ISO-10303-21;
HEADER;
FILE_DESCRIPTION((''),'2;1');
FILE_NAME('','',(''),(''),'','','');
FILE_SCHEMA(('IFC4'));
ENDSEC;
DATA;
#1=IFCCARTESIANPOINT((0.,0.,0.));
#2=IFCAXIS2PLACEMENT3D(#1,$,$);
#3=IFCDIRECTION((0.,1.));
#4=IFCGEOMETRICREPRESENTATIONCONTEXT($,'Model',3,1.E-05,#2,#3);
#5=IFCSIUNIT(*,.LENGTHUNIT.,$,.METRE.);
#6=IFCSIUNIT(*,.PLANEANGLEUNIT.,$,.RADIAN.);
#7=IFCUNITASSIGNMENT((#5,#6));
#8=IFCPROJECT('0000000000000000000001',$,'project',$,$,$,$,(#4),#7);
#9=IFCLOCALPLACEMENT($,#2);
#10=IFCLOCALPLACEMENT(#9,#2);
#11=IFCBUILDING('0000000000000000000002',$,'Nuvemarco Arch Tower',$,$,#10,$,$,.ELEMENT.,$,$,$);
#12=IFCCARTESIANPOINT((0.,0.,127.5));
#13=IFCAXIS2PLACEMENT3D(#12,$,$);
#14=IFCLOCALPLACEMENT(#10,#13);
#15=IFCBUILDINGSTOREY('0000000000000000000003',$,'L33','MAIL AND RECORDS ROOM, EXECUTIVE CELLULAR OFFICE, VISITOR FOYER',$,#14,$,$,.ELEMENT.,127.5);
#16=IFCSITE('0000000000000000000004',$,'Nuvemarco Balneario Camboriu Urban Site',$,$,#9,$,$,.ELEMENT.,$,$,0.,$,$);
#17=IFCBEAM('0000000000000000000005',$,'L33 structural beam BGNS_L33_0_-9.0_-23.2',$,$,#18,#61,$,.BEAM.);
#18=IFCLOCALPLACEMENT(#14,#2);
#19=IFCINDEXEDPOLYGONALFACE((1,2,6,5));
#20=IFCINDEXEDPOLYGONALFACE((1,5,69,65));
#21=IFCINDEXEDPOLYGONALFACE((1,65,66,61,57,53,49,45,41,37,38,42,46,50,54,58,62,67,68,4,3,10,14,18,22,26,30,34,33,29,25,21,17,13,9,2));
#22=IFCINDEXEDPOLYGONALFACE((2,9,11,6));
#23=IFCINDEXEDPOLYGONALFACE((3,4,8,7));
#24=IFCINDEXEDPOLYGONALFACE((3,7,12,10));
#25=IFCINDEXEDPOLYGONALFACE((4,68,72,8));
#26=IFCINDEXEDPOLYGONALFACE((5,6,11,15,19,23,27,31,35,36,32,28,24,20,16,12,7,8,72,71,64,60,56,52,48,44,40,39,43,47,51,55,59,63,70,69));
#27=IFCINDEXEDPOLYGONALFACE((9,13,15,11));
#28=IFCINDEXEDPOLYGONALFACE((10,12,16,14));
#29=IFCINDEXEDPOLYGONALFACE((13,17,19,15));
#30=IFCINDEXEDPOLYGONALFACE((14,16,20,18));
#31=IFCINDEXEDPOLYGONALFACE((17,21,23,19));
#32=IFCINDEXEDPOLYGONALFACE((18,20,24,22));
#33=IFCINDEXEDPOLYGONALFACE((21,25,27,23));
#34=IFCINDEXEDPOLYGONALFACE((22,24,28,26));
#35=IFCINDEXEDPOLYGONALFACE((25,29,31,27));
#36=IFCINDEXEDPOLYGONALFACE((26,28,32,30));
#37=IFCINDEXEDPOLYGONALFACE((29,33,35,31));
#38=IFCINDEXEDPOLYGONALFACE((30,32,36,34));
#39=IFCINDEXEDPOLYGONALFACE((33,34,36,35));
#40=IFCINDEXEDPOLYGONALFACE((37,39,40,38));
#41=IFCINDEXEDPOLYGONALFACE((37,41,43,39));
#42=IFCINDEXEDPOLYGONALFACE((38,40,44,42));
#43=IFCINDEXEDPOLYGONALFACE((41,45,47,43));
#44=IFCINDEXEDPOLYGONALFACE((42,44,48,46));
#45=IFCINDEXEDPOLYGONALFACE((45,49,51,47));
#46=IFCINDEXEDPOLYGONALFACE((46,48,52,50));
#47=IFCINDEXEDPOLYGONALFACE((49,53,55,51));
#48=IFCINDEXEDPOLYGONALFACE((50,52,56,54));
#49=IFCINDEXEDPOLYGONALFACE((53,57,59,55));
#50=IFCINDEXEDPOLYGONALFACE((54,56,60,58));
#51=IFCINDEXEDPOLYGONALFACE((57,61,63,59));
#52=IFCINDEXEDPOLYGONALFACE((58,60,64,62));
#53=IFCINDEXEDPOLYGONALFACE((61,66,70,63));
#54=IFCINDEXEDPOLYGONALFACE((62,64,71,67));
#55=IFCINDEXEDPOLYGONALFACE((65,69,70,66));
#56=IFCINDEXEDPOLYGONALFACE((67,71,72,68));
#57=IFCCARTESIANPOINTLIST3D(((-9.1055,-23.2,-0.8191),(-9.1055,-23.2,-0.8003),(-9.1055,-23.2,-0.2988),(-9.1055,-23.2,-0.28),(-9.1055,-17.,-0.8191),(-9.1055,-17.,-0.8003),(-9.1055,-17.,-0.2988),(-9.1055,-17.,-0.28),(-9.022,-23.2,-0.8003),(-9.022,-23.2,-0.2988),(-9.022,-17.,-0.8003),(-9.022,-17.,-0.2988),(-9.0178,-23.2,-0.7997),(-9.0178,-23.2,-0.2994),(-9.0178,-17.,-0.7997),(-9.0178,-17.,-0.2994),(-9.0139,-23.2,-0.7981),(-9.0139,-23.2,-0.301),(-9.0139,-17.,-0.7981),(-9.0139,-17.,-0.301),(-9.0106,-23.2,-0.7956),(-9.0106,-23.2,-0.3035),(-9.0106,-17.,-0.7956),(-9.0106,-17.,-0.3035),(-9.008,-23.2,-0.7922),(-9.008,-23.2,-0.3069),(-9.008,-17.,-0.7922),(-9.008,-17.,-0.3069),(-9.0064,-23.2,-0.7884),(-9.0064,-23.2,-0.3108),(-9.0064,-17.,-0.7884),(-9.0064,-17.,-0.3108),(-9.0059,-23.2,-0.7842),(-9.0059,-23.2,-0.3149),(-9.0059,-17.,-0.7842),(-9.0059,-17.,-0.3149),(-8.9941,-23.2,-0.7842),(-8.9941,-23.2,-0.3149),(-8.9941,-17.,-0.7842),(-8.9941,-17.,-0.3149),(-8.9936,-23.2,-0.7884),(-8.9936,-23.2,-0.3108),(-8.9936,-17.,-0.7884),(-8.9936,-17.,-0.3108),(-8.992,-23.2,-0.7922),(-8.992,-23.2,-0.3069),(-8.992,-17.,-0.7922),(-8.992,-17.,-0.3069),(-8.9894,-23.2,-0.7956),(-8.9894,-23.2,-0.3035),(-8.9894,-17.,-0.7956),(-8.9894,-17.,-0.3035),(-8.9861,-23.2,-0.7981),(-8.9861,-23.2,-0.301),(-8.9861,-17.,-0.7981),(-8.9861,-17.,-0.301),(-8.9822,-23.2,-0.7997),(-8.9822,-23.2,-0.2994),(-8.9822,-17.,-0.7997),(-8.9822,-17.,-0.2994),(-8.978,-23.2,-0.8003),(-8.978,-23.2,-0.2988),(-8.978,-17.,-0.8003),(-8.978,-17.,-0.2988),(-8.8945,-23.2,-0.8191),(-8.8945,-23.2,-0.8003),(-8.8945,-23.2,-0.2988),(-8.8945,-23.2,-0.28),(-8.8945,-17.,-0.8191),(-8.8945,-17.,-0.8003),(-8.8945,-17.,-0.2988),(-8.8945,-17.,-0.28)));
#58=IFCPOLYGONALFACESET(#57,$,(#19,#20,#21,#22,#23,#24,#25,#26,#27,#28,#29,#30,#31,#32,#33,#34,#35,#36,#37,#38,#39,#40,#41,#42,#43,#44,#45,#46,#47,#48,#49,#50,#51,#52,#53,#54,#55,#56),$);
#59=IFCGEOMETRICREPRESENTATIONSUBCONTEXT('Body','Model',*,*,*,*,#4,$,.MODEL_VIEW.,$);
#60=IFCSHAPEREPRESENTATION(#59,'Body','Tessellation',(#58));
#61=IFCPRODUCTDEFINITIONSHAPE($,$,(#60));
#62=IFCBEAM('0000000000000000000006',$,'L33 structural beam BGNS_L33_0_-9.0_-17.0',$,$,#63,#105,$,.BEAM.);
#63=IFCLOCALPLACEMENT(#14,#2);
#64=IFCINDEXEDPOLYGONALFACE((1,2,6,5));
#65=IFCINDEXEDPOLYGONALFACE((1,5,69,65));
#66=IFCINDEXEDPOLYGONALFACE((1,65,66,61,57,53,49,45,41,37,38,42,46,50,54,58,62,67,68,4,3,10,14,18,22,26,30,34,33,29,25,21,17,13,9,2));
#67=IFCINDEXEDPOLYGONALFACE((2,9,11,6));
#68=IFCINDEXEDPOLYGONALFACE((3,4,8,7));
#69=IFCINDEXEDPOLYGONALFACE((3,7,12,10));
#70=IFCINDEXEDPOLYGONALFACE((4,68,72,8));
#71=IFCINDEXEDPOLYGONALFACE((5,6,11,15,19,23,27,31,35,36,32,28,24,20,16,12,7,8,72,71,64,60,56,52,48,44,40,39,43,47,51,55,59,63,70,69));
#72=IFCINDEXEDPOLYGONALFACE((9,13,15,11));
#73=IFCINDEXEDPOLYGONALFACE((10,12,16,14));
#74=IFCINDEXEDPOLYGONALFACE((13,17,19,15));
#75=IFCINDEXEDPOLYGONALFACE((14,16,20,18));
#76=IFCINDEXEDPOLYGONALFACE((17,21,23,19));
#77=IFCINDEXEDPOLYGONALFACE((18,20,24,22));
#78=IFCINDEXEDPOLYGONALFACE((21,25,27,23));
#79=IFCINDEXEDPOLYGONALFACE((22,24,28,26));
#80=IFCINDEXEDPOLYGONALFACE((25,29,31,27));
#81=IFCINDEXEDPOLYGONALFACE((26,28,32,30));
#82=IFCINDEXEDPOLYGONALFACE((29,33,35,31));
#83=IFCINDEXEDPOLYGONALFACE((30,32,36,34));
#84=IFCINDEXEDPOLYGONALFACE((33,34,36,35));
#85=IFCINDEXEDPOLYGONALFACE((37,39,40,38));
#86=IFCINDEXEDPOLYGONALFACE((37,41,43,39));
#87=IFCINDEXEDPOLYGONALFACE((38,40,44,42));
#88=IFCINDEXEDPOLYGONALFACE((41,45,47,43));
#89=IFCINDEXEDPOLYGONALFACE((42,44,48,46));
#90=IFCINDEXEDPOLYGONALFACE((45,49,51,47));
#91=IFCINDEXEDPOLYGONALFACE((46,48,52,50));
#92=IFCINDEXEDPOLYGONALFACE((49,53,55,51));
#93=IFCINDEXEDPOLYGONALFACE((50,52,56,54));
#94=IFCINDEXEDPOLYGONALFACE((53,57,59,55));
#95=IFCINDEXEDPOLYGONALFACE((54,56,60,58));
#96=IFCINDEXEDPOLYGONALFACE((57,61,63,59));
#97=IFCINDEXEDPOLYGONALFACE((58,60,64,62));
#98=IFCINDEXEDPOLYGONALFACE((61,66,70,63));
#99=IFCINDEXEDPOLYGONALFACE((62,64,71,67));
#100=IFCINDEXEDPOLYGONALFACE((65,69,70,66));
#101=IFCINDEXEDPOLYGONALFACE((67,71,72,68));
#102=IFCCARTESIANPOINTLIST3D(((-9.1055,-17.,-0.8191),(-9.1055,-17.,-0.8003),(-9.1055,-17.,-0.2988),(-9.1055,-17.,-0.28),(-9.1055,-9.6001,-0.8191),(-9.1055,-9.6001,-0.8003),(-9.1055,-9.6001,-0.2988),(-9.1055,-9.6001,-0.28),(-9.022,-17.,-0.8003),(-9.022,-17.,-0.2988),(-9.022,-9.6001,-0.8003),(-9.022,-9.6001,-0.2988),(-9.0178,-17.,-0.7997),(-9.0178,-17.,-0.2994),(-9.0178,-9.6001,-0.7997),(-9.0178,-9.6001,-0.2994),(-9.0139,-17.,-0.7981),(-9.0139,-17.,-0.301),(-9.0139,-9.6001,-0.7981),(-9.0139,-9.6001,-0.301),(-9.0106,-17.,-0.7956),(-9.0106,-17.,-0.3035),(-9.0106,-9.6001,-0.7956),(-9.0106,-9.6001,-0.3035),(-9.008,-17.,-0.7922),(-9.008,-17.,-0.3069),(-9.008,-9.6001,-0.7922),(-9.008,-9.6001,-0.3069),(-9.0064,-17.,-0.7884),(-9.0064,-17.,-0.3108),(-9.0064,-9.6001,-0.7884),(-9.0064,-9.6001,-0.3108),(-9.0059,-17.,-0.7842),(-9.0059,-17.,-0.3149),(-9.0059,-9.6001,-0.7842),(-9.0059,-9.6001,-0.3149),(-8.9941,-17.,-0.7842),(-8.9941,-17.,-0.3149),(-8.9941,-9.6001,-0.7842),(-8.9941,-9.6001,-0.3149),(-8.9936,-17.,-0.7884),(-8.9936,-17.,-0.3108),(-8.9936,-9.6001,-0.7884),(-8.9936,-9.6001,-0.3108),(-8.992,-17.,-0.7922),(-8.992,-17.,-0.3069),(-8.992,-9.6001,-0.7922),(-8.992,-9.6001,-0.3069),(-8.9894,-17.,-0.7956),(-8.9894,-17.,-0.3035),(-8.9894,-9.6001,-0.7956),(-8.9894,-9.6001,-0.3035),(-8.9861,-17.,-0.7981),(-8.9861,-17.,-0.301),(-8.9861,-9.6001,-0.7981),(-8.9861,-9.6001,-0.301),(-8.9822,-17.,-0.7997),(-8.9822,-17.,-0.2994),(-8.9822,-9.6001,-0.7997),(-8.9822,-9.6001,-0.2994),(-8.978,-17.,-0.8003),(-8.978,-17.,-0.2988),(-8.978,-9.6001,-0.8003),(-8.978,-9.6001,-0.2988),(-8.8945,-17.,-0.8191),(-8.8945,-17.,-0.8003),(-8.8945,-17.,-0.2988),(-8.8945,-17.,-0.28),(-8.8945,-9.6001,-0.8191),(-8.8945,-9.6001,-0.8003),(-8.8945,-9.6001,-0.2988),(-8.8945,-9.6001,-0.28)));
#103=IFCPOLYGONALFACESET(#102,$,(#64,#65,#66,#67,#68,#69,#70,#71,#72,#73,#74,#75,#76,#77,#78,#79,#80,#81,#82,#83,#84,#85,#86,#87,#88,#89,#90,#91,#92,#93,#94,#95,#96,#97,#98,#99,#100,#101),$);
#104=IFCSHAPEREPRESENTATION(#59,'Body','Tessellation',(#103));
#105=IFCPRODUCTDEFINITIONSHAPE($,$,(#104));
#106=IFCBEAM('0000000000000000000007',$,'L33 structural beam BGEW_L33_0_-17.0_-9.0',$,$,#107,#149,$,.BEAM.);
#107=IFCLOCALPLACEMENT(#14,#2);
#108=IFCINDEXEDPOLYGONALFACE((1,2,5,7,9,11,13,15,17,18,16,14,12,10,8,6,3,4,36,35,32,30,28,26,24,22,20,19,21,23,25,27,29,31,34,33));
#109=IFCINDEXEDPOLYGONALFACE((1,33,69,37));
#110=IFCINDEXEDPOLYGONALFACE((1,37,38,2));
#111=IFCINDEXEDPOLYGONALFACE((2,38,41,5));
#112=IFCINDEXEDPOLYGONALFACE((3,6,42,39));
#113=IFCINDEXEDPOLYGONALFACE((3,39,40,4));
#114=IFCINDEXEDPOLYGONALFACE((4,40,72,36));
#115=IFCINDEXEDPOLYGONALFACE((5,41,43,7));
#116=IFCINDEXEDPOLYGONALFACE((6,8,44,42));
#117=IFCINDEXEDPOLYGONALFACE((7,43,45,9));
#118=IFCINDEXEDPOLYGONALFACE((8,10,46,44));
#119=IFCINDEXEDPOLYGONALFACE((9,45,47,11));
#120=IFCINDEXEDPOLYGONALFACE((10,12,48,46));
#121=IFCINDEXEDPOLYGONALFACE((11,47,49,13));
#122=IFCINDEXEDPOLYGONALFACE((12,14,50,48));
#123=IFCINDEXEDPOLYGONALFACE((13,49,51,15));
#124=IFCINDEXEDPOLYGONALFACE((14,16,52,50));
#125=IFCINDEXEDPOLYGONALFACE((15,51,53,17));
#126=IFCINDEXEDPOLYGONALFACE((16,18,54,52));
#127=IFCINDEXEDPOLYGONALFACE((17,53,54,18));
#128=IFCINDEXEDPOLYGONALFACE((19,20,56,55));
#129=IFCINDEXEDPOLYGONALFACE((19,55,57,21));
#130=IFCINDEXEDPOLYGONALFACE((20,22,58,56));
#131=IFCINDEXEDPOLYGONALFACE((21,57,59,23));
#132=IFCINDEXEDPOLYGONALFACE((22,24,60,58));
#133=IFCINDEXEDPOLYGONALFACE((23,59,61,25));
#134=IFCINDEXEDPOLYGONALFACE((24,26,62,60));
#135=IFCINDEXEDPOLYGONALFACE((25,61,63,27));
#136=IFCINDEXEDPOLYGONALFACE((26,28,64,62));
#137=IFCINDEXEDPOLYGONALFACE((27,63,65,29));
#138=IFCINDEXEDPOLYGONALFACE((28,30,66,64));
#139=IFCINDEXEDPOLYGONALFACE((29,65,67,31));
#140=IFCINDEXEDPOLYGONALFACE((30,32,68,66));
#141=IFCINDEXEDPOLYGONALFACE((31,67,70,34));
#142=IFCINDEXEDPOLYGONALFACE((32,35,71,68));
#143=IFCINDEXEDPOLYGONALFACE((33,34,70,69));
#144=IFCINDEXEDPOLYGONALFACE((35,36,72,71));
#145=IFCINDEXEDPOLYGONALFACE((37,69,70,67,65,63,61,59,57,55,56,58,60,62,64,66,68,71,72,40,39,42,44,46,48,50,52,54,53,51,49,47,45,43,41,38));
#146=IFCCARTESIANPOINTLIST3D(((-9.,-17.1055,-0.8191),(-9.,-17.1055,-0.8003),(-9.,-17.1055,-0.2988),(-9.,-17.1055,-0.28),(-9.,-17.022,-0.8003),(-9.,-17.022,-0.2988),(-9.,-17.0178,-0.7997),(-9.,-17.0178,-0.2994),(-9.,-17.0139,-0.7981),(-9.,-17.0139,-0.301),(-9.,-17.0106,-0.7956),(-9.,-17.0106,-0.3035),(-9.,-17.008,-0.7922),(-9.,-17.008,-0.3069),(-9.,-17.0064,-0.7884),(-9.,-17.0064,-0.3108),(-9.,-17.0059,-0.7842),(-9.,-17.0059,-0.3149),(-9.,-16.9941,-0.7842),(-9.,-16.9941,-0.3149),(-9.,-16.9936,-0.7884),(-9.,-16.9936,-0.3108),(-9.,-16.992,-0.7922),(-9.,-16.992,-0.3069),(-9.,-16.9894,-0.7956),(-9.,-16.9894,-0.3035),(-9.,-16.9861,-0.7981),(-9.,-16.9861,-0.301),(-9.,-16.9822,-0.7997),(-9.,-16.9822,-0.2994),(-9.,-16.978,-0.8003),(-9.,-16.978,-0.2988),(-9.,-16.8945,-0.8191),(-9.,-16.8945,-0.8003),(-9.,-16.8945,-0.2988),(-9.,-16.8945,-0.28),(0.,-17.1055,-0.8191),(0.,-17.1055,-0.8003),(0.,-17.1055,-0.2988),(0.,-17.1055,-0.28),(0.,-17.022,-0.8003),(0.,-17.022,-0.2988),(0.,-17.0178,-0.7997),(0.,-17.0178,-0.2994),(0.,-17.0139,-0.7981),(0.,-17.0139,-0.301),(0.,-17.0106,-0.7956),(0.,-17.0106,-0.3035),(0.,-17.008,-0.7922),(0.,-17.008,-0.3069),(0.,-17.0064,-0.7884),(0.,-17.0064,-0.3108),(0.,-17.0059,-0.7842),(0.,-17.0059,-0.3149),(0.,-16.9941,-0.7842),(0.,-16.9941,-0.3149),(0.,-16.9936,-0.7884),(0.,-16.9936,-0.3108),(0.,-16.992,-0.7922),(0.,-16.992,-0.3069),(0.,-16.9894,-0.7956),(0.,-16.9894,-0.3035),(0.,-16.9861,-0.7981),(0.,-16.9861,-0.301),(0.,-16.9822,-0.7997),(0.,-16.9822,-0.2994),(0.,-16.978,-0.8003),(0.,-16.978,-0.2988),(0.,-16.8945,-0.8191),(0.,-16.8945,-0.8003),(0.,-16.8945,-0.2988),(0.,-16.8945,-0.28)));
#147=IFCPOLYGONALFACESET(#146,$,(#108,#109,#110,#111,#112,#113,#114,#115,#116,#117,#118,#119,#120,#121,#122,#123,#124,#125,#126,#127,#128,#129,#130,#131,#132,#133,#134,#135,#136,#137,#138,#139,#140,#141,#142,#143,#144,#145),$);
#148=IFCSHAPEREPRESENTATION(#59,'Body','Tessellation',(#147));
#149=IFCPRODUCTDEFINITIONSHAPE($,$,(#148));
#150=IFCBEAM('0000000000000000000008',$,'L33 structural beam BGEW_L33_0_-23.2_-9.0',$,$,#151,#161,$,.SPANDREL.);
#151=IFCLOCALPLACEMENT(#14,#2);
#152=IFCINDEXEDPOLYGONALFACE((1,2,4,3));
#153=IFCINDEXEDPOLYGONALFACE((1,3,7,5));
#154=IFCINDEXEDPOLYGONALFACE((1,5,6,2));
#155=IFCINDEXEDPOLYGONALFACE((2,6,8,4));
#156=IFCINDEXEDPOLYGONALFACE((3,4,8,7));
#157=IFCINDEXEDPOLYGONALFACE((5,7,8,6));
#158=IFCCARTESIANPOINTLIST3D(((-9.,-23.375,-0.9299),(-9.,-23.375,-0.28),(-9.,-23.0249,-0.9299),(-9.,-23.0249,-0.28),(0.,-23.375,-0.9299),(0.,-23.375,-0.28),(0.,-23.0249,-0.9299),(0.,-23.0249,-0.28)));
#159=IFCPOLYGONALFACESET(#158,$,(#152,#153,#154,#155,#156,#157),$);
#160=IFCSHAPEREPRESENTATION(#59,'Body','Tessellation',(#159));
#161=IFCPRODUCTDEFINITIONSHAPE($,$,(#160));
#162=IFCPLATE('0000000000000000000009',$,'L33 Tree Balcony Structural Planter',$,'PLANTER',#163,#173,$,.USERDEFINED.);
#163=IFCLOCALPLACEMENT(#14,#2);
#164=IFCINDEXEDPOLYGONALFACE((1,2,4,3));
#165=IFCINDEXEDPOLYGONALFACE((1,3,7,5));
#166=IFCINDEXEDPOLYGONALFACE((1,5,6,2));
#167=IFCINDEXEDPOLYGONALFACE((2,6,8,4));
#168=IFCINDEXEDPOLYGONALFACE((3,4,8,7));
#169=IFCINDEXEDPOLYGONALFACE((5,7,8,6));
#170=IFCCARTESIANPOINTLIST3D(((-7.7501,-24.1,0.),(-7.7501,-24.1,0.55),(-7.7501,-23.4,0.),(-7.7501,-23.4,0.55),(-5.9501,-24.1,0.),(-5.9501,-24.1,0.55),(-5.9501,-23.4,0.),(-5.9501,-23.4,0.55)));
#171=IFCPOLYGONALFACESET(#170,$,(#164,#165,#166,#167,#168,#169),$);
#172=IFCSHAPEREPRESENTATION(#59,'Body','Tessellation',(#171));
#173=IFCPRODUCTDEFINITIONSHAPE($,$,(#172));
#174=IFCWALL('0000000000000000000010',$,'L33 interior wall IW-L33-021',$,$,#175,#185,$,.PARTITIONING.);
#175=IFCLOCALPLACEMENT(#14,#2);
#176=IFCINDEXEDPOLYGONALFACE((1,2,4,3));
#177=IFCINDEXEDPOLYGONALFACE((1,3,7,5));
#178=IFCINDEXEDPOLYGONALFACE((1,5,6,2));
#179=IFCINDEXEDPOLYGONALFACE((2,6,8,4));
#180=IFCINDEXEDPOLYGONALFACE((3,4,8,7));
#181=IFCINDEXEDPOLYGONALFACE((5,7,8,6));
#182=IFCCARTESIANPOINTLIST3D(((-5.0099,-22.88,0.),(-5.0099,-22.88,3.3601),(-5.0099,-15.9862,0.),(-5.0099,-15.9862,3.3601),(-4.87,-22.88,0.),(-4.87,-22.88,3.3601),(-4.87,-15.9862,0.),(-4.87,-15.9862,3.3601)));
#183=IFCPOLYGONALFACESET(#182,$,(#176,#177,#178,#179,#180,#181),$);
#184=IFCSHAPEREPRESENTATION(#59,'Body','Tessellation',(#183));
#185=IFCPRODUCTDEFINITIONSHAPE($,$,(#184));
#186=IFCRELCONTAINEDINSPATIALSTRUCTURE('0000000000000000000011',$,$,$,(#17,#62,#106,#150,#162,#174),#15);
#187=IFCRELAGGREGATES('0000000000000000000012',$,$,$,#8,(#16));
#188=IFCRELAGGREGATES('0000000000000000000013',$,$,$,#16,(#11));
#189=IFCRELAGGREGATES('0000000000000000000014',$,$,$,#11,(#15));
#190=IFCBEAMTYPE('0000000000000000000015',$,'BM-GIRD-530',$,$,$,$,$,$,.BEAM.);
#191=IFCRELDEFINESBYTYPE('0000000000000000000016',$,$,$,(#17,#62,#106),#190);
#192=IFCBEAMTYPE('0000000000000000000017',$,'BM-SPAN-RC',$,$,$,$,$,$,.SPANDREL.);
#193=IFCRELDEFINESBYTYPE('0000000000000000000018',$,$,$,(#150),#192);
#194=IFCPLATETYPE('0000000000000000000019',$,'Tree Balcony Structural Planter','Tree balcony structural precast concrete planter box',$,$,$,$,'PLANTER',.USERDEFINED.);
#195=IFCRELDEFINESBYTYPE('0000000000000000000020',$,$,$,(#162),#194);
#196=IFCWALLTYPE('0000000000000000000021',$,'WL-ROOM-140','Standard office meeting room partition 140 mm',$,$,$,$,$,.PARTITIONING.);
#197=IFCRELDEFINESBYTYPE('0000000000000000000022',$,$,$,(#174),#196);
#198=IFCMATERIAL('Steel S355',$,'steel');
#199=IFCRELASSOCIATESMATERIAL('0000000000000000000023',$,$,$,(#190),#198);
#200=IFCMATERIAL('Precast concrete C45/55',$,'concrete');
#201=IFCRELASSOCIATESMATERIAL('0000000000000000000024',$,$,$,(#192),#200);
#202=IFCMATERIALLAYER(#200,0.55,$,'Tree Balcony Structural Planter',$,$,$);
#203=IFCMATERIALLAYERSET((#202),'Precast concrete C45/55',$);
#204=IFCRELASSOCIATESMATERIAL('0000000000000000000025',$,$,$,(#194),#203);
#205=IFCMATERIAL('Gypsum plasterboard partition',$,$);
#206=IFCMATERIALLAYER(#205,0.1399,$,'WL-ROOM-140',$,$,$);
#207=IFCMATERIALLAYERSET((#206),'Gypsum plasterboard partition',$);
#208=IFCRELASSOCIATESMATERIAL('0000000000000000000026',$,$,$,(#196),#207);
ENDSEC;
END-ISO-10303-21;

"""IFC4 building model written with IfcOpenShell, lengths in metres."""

from ifc_helpers import new_model, si_unit, direction, frame, frame_2d, origin, origin_2d, place, context, subcontext, project, spatial, rectangle, i_section, extrude, source, transform, mapped, material, layer, layer_set, material_profile, profile_set, type_object, type_shapes, element, save


model = new_model("IFC4")

# Units and contexts
model_context = context("Model", 3, precision=1e-05, world=origin(), true_north=direction((0.0, 1.0)))
body_context = subcontext(model_context, "Body", "Model", "MODEL_VIEW")
ifc_project = project(units=[si_unit("LENGTHUNIT", "METRE"), si_unit("PLANEANGLEUNIT", "RADIAN")], contexts=[model_context])

# Site, building, storey
site_placement = place(None, origin())
site = spatial("IfcSite", under=ifc_project, at=site_placement, Name="Nuvemarco Balneario Camboriu Urban Site", CompositionType="ELEMENT", RefElevation=0.0)
building_placement = place(site_placement, origin())
building = spatial("IfcBuilding", under=site, at=building_placement, Name="Nuvemarco Arch Tower", CompositionType="ELEMENT")
storey_placement = place(building_placement, frame((0.0, 0.0, 127.5)))
storey = spatial("IfcBuildingStorey", under=building, at=storey_placement, Name="L33", Description="MAIL AND RECORDS ROOM, EXECUTIVE CELLULAR OFFICE, VISITOR FOYER", CompositionType="ELEMENT", Elevation=127.5)

# Shared definitions
ifc_material_1 = material(Name="Steel S355", Category="steel")

# Beams
ifc_material_profile_1 = material_profile(ifc_material_1, i_section(OverallWidth=0.2109, OverallDepth=0.5391, WebThickness=0.0117, FlangeThickness=0.0188, FilletRadius=0.0161, at=origin_2d()), Name="W530x109")
ifc_profile_set_1 = profile_set([ifc_material_profile_1], Name="Steel S355")
beam_type_1 = type_object("IfcBeamType", Name="BM-GIRD-530", PredefinedType="BEAM", material=ifc_profile_set_1)
beam_1_placement = place(storey_placement, frame((-9.0, -23.2, -0.5496), z_axis=(0.0, 1.0, 0.0), x_axis=(-1.0, 0.0, 0.0)))
element("IfcBeam", 1, at=beam_1_placement, inside=storey, type_object=beam_type_1, Name="L33 structural beam BGNS_L33_0_-9.0_-23.2", PredefinedType="BEAM", context=body_context, shape_type="SweptSolid", body=[
    extrude(i_section(OverallWidth=0.2109, OverallDepth=0.5391, WebThickness=0.0117, FlangeThickness=0.0188, FilletRadius=0.0161, at=origin_2d()), origin(), (0.0, 0.0, 1.0), 6.2),
])
beam_2_placement = place(storey_placement, frame((-9.0, -17.0, -0.5496), z_axis=(0.0, 1.0, 0.0), x_axis=(-1.0, 0.0, 0.0)))
element("IfcBeam", 2, at=beam_2_placement, inside=storey, type_object=beam_type_1, Name="L33 structural beam BGNS_L33_0_-9.0_-17.0", PredefinedType="BEAM", context=body_context, shape_type="SweptSolid", body=[
    extrude(i_section(OverallWidth=0.2109, OverallDepth=0.5391, WebThickness=0.0117, FlangeThickness=0.0188, FilletRadius=0.0161, at=origin_2d()), origin(), (0.0, 0.0, 1.0), 7.3999),
])
beam_3_placement = place(storey_placement, frame((-9.0, -17.0, -0.5496), z_axis=(1.0, 0.0, 0.0), x_axis=(0.0, 1.0, 0.0)))
element("IfcBeam", 3, at=beam_3_placement, inside=storey, type_object=beam_type_1, Name="L33 structural beam BGEW_L33_0_-17.0_-9.0", PredefinedType="BEAM", context=body_context, shape_type="SweptSolid", body=[
    extrude(i_section(OverallWidth=0.2109, OverallDepth=0.5391, WebThickness=0.0117, FlangeThickness=0.0188, FilletRadius=0.0161, at=origin_2d()), origin(), (0.0, 0.0, 1.0), 9.0),
])
ifc_material_2 = material(Name="Precast concrete C45/55", Category="concrete")
ifc_material_profile_2 = material_profile(ifc_material_2, rectangle(XDim=0.3501, YDim=0.6499, at=origin_2d()), Name="PC-SP-350x650")
ifc_profile_set_2 = profile_set([ifc_material_profile_2], Name="Precast concrete C45/55")
beam_type_2 = type_object("IfcBeamType", Name="BM-SPAN-RC", PredefinedType="SPANDREL", material=ifc_profile_set_2)
beam_4_placement = place(storey_placement, frame((-9.0, -23.2, -0.605), z_axis=(1.0, 0.0, 0.0), x_axis=(0.0, 1.0, 0.0)))
element("IfcBeam", 4, at=beam_4_placement, inside=storey, type_object=beam_type_2, Name="L33 structural beam BGEW_L33_0_-23.2_-9.0", PredefinedType="SPANDREL", context=body_context, shape_type="SweptSolid", body=[
    extrude(rectangle(XDim=0.3501, YDim=0.6499, at=origin_2d()), origin(), (0.0, 0.0, 1.0), 9.0),
])

# Plate
ifc_layer_1 = layer(ifc_material_2, 0.55, Name="Tree Balcony Structural Planter")
ifc_layer_set_1 = layer_set([ifc_layer_1], Name="Precast concrete C45/55")
plate_type = type_object("IfcPlateType", Name="Tree Balcony Structural Planter", Description="Tree balcony structural precast concrete planter box", ElementType="PLANTER", PredefinedType="USERDEFINED", material=ifc_layer_set_1)
shared_shape_1 = source(origin(), body_context, "Body", "SweptSolid", [
    extrude(rectangle(XDim=1.8, YDim=0.7, at=origin_2d()), origin(), (0.0, 0.0, 1.0), 0.55),
])
type_shapes(plate_type, [shared_shape_1])
plate_placement = place(storey_placement, frame((-6.8501, -23.75, 0.0), z_axis=(0.0, 0.0, 1.0), x_axis=(1.0, 0.0, 0.0)))
element("IfcPlate", 5, at=plate_placement, inside=storey, type_object=plate_type, Name="L33 Tree Balcony Structural Planter", ObjectType="PLANTER", PredefinedType="USERDEFINED", context=body_context, shape_type="MappedRepresentation", body=[
    mapped(shared_shape_1, transform((0.0, 0.0, 0.0), scale=1.0)),
])

# Wall
ifc_material_3 = material(Name="Gypsum plasterboard partition")
ifc_layer_2 = layer(ifc_material_3, 0.1399, Name="WL-ROOM-140")
ifc_layer_set_2 = layer_set([ifc_layer_2], Name="Gypsum plasterboard partition")
wall_type_1 = type_object("IfcWallType", Name="WL-ROOM-140", Description="Standard office meeting room partition 140 mm", PredefinedType="PARTITIONING", material=ifc_layer_set_2)
wall_placement = place(storey_placement, frame((-4.9399, -22.8799, 0.0), z_axis=(0.0, 0.0, 1.0), x_axis=(0.0, 1.0, 0.0)))
element("IfcWall", 6, at=wall_placement, inside=storey, type_object=wall_type_1, Name="L33 interior wall IW-L33-021", PredefinedType="PARTITIONING", context=body_context, shape_type="SweptSolid", body=[
    extrude(rectangle(XDim=6.8938, YDim=0.1399, at=frame_2d((3.4468, 0.0))), origin(), (0.0, 0.0, 1.0), 3.3601),
])

save(model, "model.ifc")
